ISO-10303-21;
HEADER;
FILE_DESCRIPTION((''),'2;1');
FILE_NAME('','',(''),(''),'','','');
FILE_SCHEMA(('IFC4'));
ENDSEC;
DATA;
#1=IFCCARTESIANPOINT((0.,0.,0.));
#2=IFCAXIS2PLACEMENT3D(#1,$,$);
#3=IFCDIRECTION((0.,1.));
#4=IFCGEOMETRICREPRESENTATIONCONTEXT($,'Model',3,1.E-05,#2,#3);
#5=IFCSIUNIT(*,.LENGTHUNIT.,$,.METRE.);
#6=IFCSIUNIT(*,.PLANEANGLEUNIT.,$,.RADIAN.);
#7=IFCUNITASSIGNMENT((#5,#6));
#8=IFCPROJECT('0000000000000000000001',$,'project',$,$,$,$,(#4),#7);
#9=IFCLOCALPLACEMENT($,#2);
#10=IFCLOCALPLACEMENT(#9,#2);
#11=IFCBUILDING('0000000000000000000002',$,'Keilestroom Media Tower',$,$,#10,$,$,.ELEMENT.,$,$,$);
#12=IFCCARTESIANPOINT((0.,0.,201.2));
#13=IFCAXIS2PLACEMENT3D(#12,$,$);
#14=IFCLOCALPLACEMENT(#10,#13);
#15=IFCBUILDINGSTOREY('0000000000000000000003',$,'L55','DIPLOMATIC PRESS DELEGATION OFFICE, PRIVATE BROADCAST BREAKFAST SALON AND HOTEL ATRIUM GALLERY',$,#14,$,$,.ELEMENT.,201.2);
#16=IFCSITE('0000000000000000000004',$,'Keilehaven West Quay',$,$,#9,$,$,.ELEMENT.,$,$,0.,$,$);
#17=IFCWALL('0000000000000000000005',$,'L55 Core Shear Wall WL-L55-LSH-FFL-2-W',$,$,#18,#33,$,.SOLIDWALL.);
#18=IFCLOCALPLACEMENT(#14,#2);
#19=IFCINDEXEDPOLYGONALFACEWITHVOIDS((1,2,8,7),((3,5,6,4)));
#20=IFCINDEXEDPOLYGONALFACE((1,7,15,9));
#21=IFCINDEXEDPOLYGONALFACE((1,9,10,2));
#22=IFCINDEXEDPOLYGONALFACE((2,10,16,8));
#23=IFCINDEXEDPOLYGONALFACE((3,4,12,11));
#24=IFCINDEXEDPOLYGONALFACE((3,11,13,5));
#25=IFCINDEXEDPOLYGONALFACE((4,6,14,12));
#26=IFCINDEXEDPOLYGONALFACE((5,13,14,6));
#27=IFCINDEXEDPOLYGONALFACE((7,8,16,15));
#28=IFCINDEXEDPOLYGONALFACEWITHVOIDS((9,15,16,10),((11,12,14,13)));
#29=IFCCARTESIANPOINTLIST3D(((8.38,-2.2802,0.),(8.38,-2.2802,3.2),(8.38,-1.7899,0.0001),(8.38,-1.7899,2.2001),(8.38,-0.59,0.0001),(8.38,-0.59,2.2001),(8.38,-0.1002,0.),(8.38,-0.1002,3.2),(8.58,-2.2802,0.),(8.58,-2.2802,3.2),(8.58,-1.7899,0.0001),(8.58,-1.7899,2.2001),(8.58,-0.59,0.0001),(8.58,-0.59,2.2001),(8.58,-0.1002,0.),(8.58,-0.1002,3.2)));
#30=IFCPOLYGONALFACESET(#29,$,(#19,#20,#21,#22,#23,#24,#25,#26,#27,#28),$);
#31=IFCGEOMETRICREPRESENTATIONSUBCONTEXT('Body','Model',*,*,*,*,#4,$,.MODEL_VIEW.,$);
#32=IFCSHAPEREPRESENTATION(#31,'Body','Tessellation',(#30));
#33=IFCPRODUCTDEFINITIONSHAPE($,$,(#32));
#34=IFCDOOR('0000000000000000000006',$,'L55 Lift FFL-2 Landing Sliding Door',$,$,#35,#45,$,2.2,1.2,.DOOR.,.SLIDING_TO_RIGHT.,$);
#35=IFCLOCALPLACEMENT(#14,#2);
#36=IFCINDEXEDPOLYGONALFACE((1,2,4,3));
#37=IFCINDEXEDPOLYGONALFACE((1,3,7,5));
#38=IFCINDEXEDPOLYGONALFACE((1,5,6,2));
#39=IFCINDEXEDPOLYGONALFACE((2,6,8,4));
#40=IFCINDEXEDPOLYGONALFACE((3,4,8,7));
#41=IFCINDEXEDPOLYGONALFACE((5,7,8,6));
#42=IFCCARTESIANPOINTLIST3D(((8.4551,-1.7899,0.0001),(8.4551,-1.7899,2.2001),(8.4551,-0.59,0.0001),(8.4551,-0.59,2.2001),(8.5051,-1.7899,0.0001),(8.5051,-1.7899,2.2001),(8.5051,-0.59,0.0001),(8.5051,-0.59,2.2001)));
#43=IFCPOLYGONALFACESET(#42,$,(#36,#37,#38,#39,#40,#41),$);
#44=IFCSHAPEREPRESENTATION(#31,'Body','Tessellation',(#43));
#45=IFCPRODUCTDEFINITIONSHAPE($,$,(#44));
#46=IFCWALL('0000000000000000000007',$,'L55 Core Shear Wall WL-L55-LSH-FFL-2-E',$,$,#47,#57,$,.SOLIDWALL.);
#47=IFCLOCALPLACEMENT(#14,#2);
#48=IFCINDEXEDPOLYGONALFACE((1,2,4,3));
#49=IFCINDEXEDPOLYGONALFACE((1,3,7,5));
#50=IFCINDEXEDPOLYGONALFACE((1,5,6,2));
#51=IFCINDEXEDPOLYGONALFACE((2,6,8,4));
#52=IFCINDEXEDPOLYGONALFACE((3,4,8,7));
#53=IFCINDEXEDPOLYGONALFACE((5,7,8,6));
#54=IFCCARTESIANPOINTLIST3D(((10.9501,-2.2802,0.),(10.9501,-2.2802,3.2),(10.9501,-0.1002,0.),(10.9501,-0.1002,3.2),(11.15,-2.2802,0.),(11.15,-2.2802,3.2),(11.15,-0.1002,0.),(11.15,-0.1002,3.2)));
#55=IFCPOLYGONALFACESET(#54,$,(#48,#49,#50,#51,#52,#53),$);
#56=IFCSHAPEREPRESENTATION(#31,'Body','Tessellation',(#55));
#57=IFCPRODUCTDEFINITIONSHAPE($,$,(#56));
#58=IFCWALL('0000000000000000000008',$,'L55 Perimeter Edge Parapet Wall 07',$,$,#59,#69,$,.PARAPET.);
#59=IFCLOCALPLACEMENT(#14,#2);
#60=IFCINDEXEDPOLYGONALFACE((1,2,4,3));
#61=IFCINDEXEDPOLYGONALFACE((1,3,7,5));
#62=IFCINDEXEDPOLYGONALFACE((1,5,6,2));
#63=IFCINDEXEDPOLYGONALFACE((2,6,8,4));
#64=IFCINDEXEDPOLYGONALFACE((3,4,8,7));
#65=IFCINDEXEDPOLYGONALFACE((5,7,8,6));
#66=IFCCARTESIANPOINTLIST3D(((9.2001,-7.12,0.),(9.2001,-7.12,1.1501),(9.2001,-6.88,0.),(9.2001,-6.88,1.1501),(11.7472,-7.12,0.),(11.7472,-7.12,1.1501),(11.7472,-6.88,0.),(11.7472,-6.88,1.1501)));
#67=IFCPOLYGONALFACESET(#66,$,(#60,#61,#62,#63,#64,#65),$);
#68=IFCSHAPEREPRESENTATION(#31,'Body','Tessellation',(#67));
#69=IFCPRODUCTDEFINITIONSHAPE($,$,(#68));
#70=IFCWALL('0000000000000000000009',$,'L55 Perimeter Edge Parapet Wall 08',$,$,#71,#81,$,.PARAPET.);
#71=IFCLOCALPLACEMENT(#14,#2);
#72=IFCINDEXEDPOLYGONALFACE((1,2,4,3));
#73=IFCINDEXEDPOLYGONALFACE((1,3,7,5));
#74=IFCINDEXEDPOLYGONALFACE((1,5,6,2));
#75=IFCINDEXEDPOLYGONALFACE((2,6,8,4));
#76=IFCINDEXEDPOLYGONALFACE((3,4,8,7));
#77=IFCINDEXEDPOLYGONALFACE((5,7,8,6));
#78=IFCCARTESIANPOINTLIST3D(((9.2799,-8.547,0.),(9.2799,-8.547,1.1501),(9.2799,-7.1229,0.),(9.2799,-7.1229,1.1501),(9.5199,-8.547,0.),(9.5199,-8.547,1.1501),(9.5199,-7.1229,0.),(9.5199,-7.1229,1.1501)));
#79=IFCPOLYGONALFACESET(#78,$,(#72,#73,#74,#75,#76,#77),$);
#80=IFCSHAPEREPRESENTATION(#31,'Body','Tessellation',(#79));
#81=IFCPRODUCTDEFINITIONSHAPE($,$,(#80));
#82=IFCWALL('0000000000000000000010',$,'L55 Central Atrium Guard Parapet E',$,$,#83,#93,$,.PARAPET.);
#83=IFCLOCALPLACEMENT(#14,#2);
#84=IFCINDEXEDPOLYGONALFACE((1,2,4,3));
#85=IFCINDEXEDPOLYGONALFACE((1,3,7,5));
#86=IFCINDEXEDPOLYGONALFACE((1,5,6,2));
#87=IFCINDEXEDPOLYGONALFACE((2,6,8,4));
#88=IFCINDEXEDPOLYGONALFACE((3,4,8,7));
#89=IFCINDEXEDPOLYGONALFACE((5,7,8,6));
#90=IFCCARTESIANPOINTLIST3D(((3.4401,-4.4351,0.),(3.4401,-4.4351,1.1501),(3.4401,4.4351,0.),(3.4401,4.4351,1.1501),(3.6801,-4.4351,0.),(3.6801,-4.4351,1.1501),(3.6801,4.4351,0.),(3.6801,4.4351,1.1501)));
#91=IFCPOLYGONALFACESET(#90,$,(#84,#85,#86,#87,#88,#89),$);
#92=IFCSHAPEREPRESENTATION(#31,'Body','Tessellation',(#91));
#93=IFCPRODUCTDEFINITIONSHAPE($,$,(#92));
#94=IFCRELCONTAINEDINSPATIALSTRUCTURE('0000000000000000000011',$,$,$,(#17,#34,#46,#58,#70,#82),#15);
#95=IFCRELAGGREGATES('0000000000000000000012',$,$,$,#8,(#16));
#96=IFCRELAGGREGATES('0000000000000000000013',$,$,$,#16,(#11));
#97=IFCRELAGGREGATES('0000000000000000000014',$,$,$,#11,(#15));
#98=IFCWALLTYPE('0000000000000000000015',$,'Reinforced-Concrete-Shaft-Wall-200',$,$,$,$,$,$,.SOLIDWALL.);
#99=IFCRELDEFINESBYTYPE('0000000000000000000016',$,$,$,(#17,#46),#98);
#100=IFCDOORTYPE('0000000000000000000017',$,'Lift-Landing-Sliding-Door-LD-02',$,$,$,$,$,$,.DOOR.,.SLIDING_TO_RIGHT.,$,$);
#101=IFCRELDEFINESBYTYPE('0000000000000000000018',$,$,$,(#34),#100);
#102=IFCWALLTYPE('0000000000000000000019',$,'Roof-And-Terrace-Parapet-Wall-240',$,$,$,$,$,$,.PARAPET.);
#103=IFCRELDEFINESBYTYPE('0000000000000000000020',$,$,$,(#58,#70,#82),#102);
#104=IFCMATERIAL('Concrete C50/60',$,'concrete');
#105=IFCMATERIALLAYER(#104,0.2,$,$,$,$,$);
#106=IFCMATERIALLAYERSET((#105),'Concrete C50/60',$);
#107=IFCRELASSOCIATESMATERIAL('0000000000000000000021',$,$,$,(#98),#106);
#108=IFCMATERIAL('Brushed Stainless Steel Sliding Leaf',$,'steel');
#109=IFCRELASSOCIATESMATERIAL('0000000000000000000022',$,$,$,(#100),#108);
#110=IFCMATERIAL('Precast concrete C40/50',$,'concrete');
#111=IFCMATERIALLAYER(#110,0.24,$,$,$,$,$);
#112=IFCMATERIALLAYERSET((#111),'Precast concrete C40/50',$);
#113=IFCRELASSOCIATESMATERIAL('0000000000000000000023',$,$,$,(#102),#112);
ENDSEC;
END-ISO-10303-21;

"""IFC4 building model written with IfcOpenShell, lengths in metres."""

from ifc_helpers import new_model, si_unit, direction, frame, frame_2d, origin, place, context, subcontext, project, spatial, rectangle, extrude, source, transform, mapped, material, layer, layer_set, type_object, element, fill, save


model = new_model("IFC4")

# Units and contexts
model_context = context("Model", 3, precision=1e-05, world=origin(), true_north=direction((0.0, 1.0)))
body_context = subcontext(model_context, "Body", "Model", "MODEL_VIEW")
ifc_project = project(units=[si_unit("LENGTHUNIT", "METRE"), si_unit("PLANEANGLEUNIT", "RADIAN")], contexts=[model_context])

# Site, building, storey
site_placement = place(None, origin())
site = spatial("IfcSite", under=ifc_project, at=site_placement, Name="Keilehaven West Quay", CompositionType="ELEMENT", RefElevation=0.0)
building_placement = place(site_placement, origin())
building = spatial("IfcBuilding", under=site, at=building_placement, Name="Keilestroom Media Tower", CompositionType="ELEMENT")
storey_placement = place(building_placement, frame((0.0, 0.0, 201.2)))
storey = spatial("IfcBuildingStorey", under=building, at=storey_placement, Name="L55", Description="DIPLOMATIC PRESS DELEGATION OFFICE, PRIVATE BROADCAST BREAKFAST SALON AND HOTEL ATRIUM GALLERY", CompositionType="ELEMENT", Elevation=201.2)

# Shared definitions
ifc_material_1 = material(Name="Precast concrete C40/50", Category="concrete")

# Shared definitions
shared_shape_1 = source(origin(), body_context, "Body", "SweptSolid", [
    extrude(rectangle(XDim=1.2, YDim=2.2, at=frame_2d((0.6001, 1.1001))), frame((0.0, 0.0249, 0.0), z_axis=(0.0, -1.0, 0.0), x_axis=(1.0, 0.0, 0.0)), (0.0, 0.0, 1.0), 0.05),
])

# Shared definitions
ifc_material_2 = material(Name="Concrete C50/60", Category="concrete")
ifc_layer_1 = layer(ifc_material_2, 0.2)
ifc_layer_set_1 = layer_set([ifc_layer_1], Name="Concrete C50/60")
wall_type_1 = type_object("IfcWallType", Name="Reinforced-Concrete-Shaft-Wall-200", PredefinedType="SOLIDWALL", material=ifc_layer_set_1)

# Wall, opening, door
wall_1_placement = place(storey_placement, frame((8.48, -2.28, 0.0), z_axis=(0.0, 0.0, 1.0), x_axis=(0.0, 1.0, 0.0)))
wall_1 = element("IfcWall", 1, at=wall_1_placement, inside=storey, type_object=wall_type_1, Name="L55 Core Shear Wall WL-L55-LSH-FFL-2-W", PredefinedType="SOLIDWALL", context=body_context, shape_type="SweptSolid", body=[
    extrude(rectangle(XDim=2.1799, YDim=0.2, at=frame_2d((1.0898, 0.0))), origin(), (0.0, 0.0, 1.0), 3.2),
])
opening_1_placement = place(wall_1_placement, frame((0.49, 0.0, 0.0)))
opening_1 = element("IfcOpeningElement", 2, at=opening_1_placement, cuts=wall_1, PredefinedType="OPENING", context=body_context, shape_type="SweptSolid", body=[
    extrude(rectangle(XDim=1.2, YDim=2.2, at=frame_2d((0.6001, 1.1001))), frame((0.0, 0.1099, 0.0), z_axis=(0.0, -1.0, 0.0), x_axis=(1.0, 0.0, 0.0)), (0.0, 0.0, 1.0), 0.22),
])
ifc_material_3 = material(Name="Brushed Stainless Steel Sliding Leaf", Category="steel")
door_type_1 = type_object("IfcDoorType", Name="Lift-Landing-Sliding-Door-LD-02", OperationType="SLIDING_TO_RIGHT", PredefinedType="DOOR", material=ifc_material_3)
door_1_placement = place(opening_1_placement, origin())
door_1 = element("IfcDoor", 3, at=door_1_placement, inside=storey, type_object=door_type_1, Name="L55 Lift FFL-2 Landing Sliding Door", OperationType="SLIDING_TO_RIGHT", OverallHeight=2.2, OverallWidth=1.2, PredefinedType="DOOR", context=body_context, shape_type="MappedRepresentation", body=[
    mapped(shared_shape_1, transform((0.0, 0.0, 0.0), x_axis=(1.0, 0.0, 0.0), y_axis=(0.0, 1.0, 0.0), z_axis=(0.0, 0.0, 1.0), scale=1.0)),
])
fill(opening_1, door_1)

# Walls
wall_2_placement = place(storey_placement, frame((11.05, -2.28, 0.0), z_axis=(0.0, 0.0, 1.0), x_axis=(0.0, 1.0, 0.0)))
element("IfcWall", 4, at=wall_2_placement, inside=storey, type_object=wall_type_1, Name="L55 Core Shear Wall WL-L55-LSH-FFL-2-E", PredefinedType="SOLIDWALL", context=body_context, shape_type="SweptSolid", body=[
    extrude(rectangle(XDim=2.1799, YDim=0.2, at=frame_2d((1.0898, 0.0))), origin(), (0.0, 0.0, 1.0), 3.2),
])
ifc_layer_2 = layer(ifc_material_1, 0.24)
ifc_layer_set_2 = layer_set([ifc_layer_2], Name="Precast concrete C40/50")
wall_type_2 = type_object("IfcWallType", Name="Roof-And-Terrace-Parapet-Wall-240", PredefinedType="PARAPET", material=ifc_layer_set_2)
wall_3_placement = place(storey_placement, frame((11.7471, -7.0, 0.0), z_axis=(0.0, 0.0, 1.0), x_axis=(-1.0, 0.0, 0.0)))
element("IfcWall", 5, at=wall_3_placement, inside=storey, type_object=wall_type_2, Name="L55 Perimeter Edge Parapet Wall 07", PredefinedType="PARAPET", context=body_context, shape_type="SweptSolid", body=[
    extrude(rectangle(XDim=2.5471, YDim=0.24, at=frame_2d((1.2734, 0.0))), origin(), (0.0, 0.0, 1.0), 1.1501),
])
wall_4_placement = place(storey_placement, frame((9.3999, -7.123, 0.0), z_axis=(0.0, 0.0, 1.0), x_axis=(0.0, -1.0, 0.0)))
element("IfcWall", 6, at=wall_4_placement, inside=storey, type_object=wall_type_2, Name="L55 Perimeter Edge Parapet Wall 08", PredefinedType="PARAPET", context=body_context, shape_type="SweptSolid", body=[
    extrude(rectangle(XDim=1.4241, YDim=0.24, at=frame_2d((0.7119, 0.0))), origin(), (0.0, 0.0, 1.0), 1.1501),
])
wall_5_placement = place(storey_placement, frame((3.5601, -4.4351, 0.0), z_axis=(0.0, 0.0, 1.0), x_axis=(0.0, 1.0, 0.0)))
element("IfcWall", 7, at=wall_5_placement, inside=storey, type_object=wall_type_2, Name="L55 Central Atrium Guard Parapet E", PredefinedType="PARAPET", context=body_context, shape_type="SweptSolid", body=[
    extrude(rectangle(XDim=8.8701, YDim=0.24, at=frame_2d((4.4351, 0.0))), origin(), (0.0, 0.0, 1.0), 1.1501),
])

save(model, "model.ifc")
